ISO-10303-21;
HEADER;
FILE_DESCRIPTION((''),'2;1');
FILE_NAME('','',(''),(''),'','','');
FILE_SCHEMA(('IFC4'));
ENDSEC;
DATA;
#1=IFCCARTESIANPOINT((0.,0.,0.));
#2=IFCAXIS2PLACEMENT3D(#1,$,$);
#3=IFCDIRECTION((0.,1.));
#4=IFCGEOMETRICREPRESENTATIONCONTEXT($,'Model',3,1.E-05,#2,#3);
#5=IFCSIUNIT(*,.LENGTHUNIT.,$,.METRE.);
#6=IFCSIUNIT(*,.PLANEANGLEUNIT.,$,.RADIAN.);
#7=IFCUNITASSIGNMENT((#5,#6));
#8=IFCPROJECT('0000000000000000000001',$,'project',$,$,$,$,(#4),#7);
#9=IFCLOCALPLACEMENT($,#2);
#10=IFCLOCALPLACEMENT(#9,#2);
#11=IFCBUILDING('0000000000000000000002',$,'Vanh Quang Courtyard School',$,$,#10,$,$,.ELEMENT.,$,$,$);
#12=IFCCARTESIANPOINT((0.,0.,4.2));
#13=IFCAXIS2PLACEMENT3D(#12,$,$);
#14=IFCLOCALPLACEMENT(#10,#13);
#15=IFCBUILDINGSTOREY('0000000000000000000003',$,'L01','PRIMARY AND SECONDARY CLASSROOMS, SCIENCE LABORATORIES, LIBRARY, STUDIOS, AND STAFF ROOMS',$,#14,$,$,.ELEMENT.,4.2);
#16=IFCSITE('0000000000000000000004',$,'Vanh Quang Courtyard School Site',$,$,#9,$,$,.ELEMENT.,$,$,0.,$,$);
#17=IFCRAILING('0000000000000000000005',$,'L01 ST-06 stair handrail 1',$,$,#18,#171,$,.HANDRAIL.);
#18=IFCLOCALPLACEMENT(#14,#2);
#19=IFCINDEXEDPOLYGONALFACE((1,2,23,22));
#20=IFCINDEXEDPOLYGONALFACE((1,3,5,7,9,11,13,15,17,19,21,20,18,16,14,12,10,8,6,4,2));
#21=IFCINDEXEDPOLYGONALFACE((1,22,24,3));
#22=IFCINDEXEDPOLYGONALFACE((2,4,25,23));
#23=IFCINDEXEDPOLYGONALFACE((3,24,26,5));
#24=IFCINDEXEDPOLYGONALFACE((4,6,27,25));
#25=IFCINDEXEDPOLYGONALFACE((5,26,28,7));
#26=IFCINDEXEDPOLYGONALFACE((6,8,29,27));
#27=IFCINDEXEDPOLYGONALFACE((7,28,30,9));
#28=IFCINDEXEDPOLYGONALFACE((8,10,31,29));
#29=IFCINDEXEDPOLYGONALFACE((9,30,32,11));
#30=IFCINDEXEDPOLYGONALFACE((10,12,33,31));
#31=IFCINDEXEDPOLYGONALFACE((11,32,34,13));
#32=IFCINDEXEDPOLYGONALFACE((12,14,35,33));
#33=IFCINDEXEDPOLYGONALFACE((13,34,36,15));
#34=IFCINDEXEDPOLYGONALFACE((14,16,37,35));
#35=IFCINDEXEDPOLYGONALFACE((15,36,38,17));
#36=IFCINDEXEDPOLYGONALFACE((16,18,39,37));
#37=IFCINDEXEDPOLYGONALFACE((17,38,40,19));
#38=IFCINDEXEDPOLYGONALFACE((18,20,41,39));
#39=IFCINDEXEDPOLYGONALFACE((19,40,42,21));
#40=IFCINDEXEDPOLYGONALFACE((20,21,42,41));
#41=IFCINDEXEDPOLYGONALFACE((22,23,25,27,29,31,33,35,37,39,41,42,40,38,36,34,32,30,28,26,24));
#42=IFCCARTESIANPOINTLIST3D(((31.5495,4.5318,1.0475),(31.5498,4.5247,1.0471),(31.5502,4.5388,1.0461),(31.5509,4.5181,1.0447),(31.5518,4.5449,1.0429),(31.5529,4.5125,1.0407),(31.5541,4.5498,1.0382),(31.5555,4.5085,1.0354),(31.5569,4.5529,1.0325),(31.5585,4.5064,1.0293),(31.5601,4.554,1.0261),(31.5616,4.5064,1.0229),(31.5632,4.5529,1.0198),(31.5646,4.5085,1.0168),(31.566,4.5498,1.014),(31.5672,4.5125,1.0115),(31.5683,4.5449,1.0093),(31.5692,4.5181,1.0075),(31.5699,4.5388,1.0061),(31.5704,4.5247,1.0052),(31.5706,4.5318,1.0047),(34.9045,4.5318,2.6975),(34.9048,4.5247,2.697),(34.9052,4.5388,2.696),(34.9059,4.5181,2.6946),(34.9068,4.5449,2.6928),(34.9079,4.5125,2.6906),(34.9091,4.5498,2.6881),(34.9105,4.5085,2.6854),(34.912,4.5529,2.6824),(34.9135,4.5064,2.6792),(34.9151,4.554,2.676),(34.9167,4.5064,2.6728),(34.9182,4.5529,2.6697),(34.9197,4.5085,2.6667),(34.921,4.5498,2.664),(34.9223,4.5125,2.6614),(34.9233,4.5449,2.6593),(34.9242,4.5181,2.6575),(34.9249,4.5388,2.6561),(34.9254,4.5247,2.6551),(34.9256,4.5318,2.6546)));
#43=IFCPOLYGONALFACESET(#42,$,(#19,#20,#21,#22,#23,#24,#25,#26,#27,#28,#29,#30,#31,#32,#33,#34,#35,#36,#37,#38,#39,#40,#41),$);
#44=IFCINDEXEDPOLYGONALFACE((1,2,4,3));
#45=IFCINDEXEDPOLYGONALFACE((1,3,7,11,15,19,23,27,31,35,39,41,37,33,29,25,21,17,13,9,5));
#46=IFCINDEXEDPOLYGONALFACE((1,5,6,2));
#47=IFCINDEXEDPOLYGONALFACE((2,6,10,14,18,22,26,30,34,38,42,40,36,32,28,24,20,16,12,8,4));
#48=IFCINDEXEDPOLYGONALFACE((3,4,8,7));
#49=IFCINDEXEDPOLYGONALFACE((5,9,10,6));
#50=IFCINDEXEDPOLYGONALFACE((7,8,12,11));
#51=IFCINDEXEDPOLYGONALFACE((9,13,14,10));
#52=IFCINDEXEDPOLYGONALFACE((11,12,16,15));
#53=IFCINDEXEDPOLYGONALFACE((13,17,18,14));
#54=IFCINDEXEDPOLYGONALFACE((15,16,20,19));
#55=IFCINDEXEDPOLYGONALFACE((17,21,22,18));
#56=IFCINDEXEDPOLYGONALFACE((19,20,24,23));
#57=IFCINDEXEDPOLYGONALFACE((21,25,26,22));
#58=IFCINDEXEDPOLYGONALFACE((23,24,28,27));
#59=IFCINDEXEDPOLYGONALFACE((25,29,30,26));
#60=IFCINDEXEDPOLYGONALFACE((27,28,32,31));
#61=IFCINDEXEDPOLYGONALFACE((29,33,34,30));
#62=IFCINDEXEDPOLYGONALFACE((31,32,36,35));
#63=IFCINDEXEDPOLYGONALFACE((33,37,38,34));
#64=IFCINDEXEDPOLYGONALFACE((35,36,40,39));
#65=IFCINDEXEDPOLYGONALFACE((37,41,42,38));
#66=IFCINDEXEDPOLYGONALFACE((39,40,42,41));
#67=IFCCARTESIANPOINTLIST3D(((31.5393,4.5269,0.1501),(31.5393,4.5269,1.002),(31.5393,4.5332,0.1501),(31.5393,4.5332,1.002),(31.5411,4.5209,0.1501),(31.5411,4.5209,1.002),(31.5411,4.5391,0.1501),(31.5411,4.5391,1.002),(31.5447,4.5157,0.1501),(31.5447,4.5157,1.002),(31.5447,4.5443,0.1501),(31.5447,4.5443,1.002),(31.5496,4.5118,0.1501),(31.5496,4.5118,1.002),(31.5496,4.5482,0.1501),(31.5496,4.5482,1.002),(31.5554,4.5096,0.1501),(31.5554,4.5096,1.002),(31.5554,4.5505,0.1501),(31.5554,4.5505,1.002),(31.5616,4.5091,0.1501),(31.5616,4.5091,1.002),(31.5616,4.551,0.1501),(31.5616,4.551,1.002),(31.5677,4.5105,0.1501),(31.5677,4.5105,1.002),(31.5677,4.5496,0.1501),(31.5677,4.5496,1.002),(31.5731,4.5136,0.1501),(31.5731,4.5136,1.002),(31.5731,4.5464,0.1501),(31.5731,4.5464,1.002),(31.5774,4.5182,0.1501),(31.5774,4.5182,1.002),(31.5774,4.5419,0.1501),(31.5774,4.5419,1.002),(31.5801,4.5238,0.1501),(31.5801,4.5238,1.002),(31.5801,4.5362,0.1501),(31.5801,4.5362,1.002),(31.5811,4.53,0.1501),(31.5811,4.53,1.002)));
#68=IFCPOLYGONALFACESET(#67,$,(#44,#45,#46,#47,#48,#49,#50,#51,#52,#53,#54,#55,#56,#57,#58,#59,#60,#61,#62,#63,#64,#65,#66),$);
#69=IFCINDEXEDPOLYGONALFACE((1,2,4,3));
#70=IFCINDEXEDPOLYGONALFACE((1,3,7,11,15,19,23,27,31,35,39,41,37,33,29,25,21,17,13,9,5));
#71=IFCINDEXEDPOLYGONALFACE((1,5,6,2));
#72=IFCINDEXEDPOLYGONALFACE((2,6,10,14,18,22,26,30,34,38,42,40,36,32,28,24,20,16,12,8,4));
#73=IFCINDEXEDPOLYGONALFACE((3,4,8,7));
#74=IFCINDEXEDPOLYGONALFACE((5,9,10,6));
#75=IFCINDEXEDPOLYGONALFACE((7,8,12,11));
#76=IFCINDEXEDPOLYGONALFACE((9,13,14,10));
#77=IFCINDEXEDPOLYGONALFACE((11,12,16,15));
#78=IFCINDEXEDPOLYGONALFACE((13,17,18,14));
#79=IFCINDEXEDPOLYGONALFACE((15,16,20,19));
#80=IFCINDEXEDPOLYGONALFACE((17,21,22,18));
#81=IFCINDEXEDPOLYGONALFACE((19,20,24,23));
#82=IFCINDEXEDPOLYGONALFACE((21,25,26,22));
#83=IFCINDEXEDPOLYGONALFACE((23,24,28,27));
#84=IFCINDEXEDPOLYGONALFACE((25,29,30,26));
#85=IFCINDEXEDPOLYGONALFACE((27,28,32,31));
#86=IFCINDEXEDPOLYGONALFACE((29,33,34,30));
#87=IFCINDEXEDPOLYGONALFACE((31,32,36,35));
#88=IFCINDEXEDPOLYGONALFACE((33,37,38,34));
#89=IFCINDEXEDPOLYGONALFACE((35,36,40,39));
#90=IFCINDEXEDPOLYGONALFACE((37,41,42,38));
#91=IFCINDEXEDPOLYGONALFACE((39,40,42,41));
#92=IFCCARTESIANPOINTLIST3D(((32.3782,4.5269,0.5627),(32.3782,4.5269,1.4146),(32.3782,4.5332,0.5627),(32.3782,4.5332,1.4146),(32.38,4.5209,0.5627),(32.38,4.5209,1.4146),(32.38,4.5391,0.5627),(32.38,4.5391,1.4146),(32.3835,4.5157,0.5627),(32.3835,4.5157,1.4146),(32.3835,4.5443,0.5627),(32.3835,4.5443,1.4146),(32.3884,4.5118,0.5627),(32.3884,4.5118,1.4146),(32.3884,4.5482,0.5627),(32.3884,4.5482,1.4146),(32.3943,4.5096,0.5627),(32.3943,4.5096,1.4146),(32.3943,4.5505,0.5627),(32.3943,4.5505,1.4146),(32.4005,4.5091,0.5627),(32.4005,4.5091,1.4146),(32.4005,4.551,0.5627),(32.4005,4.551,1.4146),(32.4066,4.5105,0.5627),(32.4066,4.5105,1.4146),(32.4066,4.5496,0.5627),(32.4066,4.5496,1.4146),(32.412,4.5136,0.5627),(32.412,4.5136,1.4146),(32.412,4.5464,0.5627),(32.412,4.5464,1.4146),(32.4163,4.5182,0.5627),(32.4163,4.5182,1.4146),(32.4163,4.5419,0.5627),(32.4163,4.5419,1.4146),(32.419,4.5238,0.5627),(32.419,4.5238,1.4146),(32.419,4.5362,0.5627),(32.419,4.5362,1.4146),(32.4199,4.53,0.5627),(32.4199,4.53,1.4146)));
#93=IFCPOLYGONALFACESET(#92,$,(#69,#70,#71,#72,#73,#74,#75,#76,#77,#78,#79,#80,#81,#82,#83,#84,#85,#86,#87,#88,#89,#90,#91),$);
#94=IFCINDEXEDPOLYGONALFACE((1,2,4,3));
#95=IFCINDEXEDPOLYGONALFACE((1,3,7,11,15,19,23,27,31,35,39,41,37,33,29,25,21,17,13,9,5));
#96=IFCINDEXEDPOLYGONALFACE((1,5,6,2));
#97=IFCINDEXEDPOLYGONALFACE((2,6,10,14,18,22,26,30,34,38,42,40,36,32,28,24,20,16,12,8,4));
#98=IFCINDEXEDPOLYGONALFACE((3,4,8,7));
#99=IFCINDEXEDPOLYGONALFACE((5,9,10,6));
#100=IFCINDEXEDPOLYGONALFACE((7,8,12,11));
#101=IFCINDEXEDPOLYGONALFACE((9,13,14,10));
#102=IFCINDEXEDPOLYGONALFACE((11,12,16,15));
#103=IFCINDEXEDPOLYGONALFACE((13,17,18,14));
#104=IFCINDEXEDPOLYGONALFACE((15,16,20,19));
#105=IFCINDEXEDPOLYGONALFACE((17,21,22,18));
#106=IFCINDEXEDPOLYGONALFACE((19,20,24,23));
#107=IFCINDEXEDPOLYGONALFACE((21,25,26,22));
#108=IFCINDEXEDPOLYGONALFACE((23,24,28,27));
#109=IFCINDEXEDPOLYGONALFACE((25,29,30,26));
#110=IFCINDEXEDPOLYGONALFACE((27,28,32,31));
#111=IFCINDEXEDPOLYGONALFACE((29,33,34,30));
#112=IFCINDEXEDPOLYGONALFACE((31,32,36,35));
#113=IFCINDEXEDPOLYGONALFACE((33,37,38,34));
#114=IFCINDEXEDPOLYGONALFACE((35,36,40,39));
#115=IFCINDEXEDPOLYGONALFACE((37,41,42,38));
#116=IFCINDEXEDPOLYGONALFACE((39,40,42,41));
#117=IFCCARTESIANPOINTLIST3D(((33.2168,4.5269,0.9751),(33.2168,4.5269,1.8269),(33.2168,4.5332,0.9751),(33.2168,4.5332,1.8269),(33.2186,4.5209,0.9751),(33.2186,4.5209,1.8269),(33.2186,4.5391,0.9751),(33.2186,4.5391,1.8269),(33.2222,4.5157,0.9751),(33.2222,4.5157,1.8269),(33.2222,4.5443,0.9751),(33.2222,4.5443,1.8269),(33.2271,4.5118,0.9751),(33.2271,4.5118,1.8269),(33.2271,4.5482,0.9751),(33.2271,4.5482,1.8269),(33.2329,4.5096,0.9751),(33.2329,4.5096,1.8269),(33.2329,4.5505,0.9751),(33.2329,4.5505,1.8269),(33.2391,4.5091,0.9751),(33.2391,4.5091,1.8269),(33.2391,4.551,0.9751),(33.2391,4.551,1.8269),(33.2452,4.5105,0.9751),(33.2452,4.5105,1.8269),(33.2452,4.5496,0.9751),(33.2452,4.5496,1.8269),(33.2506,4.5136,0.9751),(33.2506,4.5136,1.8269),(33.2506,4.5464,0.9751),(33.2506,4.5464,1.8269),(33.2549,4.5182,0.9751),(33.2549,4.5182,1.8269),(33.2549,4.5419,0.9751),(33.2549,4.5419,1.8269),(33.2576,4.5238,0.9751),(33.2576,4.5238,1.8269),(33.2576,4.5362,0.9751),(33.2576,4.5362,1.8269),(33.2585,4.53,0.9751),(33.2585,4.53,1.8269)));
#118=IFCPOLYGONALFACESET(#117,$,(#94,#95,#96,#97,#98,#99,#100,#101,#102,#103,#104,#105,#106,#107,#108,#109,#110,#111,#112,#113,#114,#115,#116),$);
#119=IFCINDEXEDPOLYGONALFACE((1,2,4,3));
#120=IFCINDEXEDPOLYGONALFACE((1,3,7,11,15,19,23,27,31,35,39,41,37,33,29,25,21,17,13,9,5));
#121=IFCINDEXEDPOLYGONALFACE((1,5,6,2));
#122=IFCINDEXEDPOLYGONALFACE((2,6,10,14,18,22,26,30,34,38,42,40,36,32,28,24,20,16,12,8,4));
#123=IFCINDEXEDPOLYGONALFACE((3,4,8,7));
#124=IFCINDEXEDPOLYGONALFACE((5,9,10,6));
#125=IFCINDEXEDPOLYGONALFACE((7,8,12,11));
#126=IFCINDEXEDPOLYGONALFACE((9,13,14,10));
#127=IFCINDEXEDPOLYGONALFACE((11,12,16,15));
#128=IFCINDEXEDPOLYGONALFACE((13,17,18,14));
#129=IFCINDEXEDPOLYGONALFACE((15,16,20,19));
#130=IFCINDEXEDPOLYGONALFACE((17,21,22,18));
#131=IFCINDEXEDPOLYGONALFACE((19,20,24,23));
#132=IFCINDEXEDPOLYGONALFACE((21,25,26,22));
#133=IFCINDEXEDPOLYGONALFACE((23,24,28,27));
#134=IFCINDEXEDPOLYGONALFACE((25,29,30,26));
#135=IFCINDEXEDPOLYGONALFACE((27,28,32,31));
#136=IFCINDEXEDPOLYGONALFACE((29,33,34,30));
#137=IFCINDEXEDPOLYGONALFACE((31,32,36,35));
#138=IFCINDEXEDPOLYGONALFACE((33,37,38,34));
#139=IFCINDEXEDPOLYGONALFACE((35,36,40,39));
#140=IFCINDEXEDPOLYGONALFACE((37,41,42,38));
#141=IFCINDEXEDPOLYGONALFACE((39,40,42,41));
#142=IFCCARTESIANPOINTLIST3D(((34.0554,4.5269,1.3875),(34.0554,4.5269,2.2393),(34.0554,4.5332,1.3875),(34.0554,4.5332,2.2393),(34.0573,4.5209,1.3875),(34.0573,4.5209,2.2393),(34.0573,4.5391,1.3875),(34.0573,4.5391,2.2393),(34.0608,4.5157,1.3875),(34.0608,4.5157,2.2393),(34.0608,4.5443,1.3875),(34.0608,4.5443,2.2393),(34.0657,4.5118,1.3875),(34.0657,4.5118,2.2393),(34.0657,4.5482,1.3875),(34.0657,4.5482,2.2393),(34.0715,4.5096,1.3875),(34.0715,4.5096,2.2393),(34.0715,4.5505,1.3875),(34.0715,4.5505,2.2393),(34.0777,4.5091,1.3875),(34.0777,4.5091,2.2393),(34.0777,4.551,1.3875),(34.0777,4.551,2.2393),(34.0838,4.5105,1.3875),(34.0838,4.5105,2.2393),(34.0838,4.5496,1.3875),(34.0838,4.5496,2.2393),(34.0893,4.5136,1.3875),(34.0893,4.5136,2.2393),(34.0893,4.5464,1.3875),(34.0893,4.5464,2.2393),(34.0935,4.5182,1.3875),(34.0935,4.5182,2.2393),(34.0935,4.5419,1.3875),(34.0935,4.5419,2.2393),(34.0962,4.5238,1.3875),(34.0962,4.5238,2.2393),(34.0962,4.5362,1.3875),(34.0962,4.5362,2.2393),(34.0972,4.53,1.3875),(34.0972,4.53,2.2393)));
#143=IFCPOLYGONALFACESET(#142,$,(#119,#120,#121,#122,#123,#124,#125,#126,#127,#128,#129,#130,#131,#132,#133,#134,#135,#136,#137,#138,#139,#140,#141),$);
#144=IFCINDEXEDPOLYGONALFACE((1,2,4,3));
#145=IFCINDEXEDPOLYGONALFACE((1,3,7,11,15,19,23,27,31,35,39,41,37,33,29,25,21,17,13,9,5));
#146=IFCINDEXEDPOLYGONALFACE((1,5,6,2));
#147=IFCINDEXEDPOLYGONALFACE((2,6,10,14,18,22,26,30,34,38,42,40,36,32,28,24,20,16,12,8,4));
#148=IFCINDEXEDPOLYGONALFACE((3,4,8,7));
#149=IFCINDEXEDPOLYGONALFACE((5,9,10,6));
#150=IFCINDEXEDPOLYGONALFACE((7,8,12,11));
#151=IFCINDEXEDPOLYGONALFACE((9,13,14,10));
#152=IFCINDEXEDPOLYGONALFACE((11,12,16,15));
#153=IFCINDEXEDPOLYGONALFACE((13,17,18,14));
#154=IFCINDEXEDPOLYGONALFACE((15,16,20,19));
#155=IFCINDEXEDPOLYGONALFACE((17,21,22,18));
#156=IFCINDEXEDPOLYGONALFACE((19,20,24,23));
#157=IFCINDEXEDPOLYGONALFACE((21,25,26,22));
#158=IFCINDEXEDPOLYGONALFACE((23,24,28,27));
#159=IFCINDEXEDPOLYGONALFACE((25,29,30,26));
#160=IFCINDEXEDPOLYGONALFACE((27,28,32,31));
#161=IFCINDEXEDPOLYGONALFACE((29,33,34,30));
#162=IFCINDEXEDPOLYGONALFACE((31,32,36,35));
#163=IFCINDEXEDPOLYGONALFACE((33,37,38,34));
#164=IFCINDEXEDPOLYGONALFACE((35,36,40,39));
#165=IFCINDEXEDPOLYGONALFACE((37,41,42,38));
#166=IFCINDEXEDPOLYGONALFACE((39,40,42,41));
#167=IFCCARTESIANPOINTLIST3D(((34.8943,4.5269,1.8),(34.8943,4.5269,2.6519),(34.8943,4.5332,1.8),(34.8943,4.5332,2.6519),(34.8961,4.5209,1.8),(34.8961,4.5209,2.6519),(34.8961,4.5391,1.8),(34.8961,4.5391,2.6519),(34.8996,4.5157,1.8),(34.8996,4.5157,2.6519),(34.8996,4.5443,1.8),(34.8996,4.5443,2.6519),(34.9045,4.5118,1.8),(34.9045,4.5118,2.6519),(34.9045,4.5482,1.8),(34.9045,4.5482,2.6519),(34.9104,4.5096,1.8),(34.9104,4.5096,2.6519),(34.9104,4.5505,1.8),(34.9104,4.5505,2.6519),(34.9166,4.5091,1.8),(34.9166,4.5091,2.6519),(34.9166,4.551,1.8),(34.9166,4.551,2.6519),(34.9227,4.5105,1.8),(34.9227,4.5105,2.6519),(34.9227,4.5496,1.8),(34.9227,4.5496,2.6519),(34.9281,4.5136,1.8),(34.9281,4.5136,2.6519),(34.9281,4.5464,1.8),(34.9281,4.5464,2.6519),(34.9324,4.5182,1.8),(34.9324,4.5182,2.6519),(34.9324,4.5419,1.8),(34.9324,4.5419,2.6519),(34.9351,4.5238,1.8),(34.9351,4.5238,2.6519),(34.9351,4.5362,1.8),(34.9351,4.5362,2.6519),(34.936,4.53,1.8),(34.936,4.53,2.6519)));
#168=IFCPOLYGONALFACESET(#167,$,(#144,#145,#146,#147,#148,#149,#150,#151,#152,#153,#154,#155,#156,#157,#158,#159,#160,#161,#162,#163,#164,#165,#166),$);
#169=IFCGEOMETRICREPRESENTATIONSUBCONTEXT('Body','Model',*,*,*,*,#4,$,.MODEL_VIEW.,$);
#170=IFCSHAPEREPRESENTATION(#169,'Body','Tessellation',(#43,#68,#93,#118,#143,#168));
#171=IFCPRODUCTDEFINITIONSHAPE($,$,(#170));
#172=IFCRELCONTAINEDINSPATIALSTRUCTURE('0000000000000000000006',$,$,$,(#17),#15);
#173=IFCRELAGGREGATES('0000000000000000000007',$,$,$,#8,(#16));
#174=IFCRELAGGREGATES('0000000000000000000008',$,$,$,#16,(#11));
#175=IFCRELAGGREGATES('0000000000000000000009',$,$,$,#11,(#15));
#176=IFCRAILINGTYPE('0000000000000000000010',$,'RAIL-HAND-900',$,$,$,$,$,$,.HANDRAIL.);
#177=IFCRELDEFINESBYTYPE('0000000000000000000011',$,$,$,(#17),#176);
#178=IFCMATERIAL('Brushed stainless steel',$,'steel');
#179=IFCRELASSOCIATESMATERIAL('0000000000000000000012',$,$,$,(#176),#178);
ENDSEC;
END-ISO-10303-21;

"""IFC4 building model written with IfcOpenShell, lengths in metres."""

from ifc_helpers import new_model, si_unit, direction, frame, origin, origin_2d, place, context, subcontext, project, spatial, circle, extrude, material, type_object, element, save


model = new_model("IFC4")

# Units and contexts
model_context = context("Model", 3, precision=1e-05, world=origin(), true_north=direction((0.0, 1.0)))
body_context = subcontext(model_context, "Body", "Model", "MODEL_VIEW")
ifc_project = project(units=[si_unit("LENGTHUNIT", "METRE"), si_unit("PLANEANGLEUNIT", "RADIAN")], contexts=[model_context])

# Site, building, storey
site_placement = place(None, origin())
site = spatial("IfcSite", under=ifc_project, at=site_placement, Name="Vanh Quang Courtyard School Site", CompositionType="ELEMENT", RefElevation=0.0)
building_placement = place(site_placement, origin())
building = spatial("IfcBuilding", under=site, at=building_placement, Name="Vanh Quang Courtyard School", CompositionType="ELEMENT")
storey_placement = place(building_placement, frame((0.0, 0.0, 4.2)))
storey = spatial("IfcBuildingStorey", under=building, at=storey_placement, Name="L01", Description="PRIMARY AND SECONDARY CLASSROOMS, SCIENCE LABORATORIES, LIBRARY, STUDIOS, AND STAFF ROOMS", CompositionType="ELEMENT", Elevation=4.2)

# Railing
ifc_material_1 = material(Name="Brushed stainless steel", Category="steel")
railing_type_1 = type_object("IfcRailingType", Name="RAIL-HAND-900", PredefinedType="HANDRAIL", material=ifc_material_1)
railing_1_placement = place(storey_placement, frame((31.5601, 4.53, 0.1501)))
element("IfcRailing", 1, at=railing_1_placement, inside=storey, type_object=railing_type_1, Name="L01 ST-06 stair handrail 1", PredefinedType="HANDRAIL", context=body_context, shape_type="SweptSolid", body=[
    extrude(circle(Radius=0.0239, at=origin_2d()), frame((0.0, 0.0, 0.876), z_axis=(0.897359, 0.0, 0.441301), x_axis=(0.0, 1.0, 0.0)), (0.0, 0.0, 1.0), 3.7388),
    extrude(circle(Radius=0.021, at=origin_2d()), origin(), (0.0, 0.0, 1.0), 0.8518),
    extrude(circle(Radius=0.021, at=origin_2d()), frame((0.8389, 0.0, 0.4126)), (0.0, 0.0, 1.0), 0.8518),
    extrude(circle(Radius=0.021, at=origin_2d()), frame((1.6775, 0.0, 0.825)), (0.0, 0.0, 1.0), 0.8518),
    extrude(circle(Radius=0.021, at=origin_2d()), frame((2.5161, 0.0, 1.2373)), (0.0, 0.0, 1.0), 0.8518),
    extrude(circle(Radius=0.021, at=origin_2d()), frame((3.355, 0.0, 1.6499)), (0.0, 0.0, 1.0), 0.8518),
])

save(model, "model.ifc")
